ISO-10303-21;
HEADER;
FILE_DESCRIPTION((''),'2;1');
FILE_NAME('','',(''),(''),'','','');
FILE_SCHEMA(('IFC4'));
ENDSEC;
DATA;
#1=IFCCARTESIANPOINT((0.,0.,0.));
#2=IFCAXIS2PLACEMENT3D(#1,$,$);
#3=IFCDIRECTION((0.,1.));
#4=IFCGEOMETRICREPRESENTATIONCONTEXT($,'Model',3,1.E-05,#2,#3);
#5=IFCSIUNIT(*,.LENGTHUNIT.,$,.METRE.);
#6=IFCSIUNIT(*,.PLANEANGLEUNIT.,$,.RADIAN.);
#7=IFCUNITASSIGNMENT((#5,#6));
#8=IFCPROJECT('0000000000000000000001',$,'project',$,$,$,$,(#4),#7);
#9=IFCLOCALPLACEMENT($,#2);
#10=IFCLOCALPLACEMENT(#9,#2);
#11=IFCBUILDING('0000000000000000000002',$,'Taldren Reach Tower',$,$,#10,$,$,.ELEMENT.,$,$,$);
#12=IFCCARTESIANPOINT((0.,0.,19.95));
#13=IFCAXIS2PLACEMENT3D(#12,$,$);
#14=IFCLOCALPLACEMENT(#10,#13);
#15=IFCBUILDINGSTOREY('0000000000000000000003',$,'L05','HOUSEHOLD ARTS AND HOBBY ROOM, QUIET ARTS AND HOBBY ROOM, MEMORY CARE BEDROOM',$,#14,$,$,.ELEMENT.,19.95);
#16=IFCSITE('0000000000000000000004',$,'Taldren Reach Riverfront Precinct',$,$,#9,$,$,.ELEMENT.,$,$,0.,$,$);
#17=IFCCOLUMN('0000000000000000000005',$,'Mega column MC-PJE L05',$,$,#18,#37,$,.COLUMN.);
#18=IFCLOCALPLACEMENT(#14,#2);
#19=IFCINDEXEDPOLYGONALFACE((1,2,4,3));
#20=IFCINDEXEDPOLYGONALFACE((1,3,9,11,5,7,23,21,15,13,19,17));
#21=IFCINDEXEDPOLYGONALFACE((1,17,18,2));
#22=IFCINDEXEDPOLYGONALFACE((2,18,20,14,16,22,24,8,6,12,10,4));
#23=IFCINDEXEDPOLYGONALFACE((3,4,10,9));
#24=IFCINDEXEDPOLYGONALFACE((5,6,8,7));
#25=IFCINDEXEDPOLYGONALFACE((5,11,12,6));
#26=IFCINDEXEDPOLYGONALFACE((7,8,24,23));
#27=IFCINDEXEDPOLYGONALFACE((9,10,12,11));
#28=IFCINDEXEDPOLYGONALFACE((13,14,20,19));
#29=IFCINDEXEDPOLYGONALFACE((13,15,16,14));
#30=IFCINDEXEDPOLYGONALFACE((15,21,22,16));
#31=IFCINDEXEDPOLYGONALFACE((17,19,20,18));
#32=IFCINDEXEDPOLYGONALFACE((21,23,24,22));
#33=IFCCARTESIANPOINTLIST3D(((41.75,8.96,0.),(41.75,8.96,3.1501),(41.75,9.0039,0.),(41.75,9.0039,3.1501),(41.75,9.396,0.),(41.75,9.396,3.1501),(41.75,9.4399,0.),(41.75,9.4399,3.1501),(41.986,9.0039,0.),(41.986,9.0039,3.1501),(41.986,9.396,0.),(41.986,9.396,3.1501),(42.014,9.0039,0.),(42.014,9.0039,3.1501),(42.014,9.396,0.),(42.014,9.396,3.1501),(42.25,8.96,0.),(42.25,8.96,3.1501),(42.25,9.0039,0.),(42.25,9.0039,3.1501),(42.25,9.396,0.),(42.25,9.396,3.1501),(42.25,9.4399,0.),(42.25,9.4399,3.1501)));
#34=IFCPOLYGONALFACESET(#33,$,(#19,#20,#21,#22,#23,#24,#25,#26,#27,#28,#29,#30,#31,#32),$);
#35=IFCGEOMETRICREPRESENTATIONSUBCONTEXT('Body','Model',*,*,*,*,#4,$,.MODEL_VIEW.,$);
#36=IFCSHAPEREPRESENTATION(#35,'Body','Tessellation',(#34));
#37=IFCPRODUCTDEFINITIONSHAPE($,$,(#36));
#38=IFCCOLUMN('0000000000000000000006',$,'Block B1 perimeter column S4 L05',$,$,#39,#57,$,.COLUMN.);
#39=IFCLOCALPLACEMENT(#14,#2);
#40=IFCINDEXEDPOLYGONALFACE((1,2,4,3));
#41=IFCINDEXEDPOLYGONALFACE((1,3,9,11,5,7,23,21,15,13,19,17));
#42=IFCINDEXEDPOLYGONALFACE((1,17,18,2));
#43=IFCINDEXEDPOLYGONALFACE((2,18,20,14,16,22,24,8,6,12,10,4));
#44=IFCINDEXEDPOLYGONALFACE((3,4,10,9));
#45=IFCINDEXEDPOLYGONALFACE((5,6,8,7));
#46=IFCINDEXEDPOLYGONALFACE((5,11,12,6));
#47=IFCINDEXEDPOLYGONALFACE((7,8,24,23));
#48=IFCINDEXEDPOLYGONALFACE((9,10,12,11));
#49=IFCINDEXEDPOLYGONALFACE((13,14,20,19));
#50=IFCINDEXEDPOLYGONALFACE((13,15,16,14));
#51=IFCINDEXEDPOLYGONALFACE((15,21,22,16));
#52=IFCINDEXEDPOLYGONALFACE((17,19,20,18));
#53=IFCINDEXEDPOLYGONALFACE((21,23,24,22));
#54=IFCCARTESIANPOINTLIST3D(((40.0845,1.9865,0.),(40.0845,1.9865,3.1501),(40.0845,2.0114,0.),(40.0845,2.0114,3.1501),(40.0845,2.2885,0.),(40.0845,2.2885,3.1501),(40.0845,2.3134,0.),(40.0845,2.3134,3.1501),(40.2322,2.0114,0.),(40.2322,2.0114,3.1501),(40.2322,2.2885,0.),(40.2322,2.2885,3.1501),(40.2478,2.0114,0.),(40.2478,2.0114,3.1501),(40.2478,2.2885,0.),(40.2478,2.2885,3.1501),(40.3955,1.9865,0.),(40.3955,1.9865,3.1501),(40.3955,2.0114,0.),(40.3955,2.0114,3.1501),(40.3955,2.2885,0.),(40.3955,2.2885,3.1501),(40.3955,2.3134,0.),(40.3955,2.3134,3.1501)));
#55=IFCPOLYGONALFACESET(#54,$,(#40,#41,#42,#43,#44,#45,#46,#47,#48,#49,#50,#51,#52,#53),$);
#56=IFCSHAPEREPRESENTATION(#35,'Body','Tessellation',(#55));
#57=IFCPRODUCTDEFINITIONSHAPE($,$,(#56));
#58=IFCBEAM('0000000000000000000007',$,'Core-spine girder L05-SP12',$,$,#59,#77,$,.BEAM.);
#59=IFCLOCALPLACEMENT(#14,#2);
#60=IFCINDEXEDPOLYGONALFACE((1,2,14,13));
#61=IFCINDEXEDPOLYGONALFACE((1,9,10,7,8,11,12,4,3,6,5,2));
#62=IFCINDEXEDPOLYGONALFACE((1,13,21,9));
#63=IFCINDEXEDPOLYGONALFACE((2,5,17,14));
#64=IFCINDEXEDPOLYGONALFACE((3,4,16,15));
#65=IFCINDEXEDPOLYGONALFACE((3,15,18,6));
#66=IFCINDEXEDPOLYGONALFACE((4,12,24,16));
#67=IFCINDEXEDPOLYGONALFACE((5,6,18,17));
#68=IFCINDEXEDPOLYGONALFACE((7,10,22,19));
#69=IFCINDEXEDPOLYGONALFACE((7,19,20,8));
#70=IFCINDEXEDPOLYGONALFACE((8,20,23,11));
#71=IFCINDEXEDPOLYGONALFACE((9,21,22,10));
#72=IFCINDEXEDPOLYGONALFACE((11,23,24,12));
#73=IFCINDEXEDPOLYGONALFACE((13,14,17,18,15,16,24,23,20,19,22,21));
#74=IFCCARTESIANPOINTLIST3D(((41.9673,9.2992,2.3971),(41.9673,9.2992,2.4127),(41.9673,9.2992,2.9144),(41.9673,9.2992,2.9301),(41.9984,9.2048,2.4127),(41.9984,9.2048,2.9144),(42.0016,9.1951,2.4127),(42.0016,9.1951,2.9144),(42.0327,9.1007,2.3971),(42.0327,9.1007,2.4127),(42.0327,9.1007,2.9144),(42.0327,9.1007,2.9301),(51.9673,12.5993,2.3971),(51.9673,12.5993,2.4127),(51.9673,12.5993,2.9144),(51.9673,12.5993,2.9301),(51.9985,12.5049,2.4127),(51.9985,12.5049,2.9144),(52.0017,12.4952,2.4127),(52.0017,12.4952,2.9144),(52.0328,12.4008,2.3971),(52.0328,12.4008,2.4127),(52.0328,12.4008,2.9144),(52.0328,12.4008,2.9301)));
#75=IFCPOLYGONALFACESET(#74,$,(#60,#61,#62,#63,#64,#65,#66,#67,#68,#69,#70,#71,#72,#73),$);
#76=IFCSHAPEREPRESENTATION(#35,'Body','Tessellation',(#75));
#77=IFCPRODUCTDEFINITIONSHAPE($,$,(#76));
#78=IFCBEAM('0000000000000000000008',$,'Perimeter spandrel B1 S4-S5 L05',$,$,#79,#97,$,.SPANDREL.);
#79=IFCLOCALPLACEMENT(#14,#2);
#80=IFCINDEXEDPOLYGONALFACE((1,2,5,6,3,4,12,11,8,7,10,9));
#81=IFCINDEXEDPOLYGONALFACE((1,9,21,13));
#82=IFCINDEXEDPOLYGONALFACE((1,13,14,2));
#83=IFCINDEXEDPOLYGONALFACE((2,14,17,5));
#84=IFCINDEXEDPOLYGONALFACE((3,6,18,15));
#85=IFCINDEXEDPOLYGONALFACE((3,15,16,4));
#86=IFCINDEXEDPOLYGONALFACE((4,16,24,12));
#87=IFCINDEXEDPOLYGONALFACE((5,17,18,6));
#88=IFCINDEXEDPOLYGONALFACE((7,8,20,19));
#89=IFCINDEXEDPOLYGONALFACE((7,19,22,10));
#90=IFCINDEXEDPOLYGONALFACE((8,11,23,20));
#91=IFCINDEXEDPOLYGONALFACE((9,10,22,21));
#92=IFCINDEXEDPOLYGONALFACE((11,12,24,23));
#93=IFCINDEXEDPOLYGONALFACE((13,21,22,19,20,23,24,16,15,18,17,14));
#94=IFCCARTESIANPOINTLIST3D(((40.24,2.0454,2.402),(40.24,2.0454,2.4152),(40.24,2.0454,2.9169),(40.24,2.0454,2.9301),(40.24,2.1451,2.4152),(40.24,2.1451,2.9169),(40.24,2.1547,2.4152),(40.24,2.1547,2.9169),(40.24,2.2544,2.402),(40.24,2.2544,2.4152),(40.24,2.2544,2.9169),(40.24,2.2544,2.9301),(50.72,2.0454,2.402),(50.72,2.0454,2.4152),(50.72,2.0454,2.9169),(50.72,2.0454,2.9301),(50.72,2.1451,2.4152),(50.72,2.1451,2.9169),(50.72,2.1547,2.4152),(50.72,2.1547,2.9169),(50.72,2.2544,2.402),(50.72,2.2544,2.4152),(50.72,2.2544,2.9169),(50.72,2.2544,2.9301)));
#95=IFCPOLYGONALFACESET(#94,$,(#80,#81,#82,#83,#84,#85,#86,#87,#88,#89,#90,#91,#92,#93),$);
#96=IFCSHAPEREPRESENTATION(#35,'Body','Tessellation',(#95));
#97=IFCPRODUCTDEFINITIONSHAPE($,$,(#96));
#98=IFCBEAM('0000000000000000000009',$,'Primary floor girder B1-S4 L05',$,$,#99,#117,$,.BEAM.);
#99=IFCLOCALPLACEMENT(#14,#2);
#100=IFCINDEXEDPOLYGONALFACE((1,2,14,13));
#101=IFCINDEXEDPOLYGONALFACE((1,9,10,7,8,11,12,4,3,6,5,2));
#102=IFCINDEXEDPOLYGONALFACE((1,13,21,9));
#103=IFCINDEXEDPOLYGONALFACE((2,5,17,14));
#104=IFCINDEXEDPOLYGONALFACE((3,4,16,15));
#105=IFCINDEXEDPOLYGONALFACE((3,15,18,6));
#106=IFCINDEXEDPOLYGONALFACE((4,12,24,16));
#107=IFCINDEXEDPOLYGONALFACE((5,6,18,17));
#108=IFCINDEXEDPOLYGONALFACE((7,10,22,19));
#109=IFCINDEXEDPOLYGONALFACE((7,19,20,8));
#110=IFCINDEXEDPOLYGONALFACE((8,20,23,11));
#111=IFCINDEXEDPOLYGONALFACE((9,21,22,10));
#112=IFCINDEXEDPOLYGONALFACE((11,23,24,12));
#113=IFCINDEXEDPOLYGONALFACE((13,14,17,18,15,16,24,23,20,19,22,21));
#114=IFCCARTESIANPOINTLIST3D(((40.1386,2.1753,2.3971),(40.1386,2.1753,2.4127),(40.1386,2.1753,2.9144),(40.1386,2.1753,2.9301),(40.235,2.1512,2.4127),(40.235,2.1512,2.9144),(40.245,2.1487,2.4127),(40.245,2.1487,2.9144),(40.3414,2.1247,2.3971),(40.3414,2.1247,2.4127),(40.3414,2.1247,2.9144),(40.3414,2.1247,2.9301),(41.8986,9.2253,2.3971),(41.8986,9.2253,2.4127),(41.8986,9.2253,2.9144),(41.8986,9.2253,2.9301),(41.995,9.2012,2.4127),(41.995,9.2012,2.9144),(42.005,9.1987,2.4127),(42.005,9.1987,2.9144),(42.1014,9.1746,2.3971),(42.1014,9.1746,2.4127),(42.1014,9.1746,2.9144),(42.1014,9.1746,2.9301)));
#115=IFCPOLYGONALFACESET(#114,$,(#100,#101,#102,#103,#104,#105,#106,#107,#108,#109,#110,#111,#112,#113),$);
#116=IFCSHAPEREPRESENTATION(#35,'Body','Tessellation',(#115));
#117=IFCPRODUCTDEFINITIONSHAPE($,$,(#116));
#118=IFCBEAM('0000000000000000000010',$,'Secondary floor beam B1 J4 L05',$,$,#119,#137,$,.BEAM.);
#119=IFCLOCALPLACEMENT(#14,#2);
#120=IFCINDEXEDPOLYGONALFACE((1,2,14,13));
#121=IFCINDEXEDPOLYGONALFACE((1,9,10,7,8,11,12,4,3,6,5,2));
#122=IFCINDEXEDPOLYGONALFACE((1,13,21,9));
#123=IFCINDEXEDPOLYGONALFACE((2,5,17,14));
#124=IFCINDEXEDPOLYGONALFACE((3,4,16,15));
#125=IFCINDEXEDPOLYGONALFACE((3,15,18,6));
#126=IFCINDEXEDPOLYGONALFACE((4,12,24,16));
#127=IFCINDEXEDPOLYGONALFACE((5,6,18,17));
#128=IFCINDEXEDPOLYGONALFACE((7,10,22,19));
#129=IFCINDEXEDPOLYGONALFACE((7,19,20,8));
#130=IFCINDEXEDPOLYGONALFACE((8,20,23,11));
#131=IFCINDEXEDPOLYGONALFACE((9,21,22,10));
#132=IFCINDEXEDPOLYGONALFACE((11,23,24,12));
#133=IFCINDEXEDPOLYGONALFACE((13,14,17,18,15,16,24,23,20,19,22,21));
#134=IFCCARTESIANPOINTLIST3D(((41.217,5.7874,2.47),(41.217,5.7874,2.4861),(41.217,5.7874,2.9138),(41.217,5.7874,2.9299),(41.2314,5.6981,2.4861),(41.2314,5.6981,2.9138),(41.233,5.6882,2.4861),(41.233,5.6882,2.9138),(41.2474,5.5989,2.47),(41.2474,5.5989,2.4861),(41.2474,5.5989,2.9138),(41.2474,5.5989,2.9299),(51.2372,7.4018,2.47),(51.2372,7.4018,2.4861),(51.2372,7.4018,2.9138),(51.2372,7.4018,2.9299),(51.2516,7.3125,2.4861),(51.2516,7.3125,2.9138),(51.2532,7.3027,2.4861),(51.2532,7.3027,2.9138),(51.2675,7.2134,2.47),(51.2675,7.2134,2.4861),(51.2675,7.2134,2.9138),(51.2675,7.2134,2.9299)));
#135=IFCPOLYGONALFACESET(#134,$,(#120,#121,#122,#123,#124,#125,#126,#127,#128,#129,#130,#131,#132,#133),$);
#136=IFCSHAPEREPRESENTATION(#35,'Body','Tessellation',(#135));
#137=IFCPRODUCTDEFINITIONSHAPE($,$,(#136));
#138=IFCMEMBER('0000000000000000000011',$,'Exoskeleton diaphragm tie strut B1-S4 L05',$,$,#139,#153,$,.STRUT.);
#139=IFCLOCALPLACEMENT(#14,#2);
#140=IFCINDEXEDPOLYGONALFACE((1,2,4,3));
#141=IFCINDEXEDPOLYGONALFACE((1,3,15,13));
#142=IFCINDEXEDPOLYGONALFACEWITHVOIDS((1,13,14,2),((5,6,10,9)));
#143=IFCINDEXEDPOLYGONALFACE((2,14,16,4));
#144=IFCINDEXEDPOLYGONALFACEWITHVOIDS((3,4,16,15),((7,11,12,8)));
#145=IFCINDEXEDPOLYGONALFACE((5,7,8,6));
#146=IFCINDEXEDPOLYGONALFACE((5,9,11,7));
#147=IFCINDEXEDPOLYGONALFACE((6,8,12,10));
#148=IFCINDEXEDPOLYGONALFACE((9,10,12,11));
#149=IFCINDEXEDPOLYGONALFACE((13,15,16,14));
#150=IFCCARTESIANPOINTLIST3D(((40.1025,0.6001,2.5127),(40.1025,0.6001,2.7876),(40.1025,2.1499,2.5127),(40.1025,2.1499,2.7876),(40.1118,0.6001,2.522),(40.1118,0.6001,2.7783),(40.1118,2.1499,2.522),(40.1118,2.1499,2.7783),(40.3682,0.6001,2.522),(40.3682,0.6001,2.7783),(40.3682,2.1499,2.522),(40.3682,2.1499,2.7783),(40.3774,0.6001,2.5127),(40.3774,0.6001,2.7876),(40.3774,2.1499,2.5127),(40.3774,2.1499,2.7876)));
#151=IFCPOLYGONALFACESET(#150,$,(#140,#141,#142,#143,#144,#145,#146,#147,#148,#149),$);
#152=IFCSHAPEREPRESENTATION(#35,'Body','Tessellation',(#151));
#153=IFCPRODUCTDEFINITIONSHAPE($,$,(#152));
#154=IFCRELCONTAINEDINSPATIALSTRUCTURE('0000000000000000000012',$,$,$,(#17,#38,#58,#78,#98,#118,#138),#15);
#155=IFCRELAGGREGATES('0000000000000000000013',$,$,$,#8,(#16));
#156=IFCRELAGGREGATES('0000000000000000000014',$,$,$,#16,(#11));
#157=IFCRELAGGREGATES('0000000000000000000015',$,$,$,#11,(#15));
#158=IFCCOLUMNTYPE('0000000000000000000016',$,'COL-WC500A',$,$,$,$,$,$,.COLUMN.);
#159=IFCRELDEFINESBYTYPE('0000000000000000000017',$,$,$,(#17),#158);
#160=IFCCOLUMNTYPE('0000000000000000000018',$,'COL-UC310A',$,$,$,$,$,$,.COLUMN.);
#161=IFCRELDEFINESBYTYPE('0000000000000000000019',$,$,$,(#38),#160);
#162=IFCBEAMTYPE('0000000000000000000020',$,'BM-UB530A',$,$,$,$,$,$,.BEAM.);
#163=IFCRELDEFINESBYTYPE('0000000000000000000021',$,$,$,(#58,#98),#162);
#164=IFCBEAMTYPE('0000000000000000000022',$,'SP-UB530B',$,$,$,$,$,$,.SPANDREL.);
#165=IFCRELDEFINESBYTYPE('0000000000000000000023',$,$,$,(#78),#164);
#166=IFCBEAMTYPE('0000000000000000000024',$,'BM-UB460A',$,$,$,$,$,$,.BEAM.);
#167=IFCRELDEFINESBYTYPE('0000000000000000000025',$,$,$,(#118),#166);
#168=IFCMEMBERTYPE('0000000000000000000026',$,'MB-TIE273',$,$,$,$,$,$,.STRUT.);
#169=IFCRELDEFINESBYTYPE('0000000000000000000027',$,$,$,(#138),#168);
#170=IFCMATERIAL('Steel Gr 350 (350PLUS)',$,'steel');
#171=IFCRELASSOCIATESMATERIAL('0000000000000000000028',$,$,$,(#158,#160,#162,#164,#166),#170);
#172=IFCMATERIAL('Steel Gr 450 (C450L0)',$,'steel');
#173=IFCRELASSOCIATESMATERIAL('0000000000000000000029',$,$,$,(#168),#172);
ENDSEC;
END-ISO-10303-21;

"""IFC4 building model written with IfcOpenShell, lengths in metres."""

from ifc_helpers import new_model, si_unit, direction, frame, origin, origin_2d, place, context, subcontext, project, spatial, hollow_rectangle, i_section, extrude, source, transform, mapped, material, material_profile, profile_set, type_object, element, save


model = new_model("IFC4")

# Units and contexts
model_context = context("Model", 3, precision=1e-05, world=origin(), true_north=direction((0.0, 1.0)))
body_context = subcontext(model_context, "Body", "Model", "MODEL_VIEW")
ifc_project = project(units=[si_unit("LENGTHUNIT", "METRE"), si_unit("PLANEANGLEUNIT", "RADIAN")], contexts=[model_context])

# Site, building, storey
site_placement = place(None, origin())
site = spatial("IfcSite", under=ifc_project, at=site_placement, Name="Taldren Reach Riverfront Precinct", CompositionType="ELEMENT", RefElevation=0.0)
building_placement = place(site_placement, origin())
building = spatial("IfcBuilding", under=site, at=building_placement, Name="Taldren Reach Tower", CompositionType="ELEMENT")
storey_placement = place(building_placement, frame((0.0, 0.0, 19.95)))
storey = spatial("IfcBuildingStorey", under=building, at=storey_placement, Name="L05", Description="HOUSEHOLD ARTS AND HOBBY ROOM, QUIET ARTS AND HOBBY ROOM, MEMORY CARE BEDROOM", CompositionType="ELEMENT", Elevation=19.95)

# Columns
ifc_material_1 = material(Name="Steel Gr 350 (350PLUS)", Category="steel")
ifc_material_profile_1 = material_profile(ifc_material_1, i_section(OverallWidth=0.5, OverallDepth=0.48, WebThickness=0.0281, FlangeThickness=0.0439, at=origin_2d()), Name="500WC440")
ifc_profile_set_1 = profile_set([ifc_material_profile_1], Name="Steel Gr 350 (350PLUS)")
column_type_1 = type_object("IfcColumnType", Name="COL-WC500A", PredefinedType="COLUMN", material=ifc_profile_set_1)
shared_shape_1 = source(origin(), body_context, "Body", "SweptSolid", [
    extrude(i_section(OverallWidth=0.5, OverallDepth=0.48, WebThickness=0.0281, FlangeThickness=0.0439, at=origin_2d()), origin(), (0.0, 0.0, 1.0), 3.1501),
])
column_1_placement = place(storey_placement, frame((42.0, 9.2, 0.0), z_axis=(0.0, 0.0, 1.0), x_axis=(1.0, 0.0, 0.0)))
element("IfcColumn", 1, at=column_1_placement, inside=storey, type_object=column_type_1, Name="Mega column MC-PJE L05", PredefinedType="COLUMN", context=body_context, shape_type="MappedRepresentation", body=[
    mapped(shared_shape_1, transform((0.0, 0.0, 0.0), scale=1.0)),
])
ifc_material_profile_2 = material_profile(ifc_material_1, i_section(OverallWidth=0.311, OverallDepth=0.3269, WebThickness=0.0156, FlangeThickness=0.0249, at=origin_2d()), Name="310UC158")
ifc_profile_set_2 = profile_set([ifc_material_profile_2], Name="Steel Gr 350 (350PLUS)")
column_type_2 = type_object("IfcColumnType", Name="COL-UC310A", PredefinedType="COLUMN", material=ifc_profile_set_2)
shared_shape_2 = source(origin(), body_context, "Body", "SweptSolid", [
    extrude(i_section(OverallWidth=0.311, OverallDepth=0.3269, WebThickness=0.0156, FlangeThickness=0.0249, at=origin_2d()), origin(), (0.0, 0.0, 1.0), 3.1501),
])
column_2_placement = place(storey_placement, frame((40.24, 2.1499, 0.0), z_axis=(0.0, 0.0, 1.0), x_axis=(1.0, 0.0, 0.0)))
element("IfcColumn", 2, at=column_2_placement, inside=storey, type_object=column_type_2, Name="Block B1 perimeter column S4 L05", PredefinedType="COLUMN", context=body_context, shape_type="MappedRepresentation", body=[
    mapped(shared_shape_2, transform((0.0, 0.0, 0.0), scale=1.0)),
])

# Beams
ifc_material_profile_3 = material_profile(ifc_material_1, i_section(OverallWidth=0.209, OverallDepth=0.533, WebThickness=0.0103, FlangeThickness=0.0156, at=origin_2d()), Name="530UB92.4")
ifc_profile_set_3 = profile_set([ifc_material_profile_3], Name="Steel Gr 350 (350PLUS)")
beam_type_1 = type_object("IfcBeamType", Name="BM-UB530A", PredefinedType="BEAM", material=ifc_profile_set_3)
shared_shape_3 = source(origin(), body_context, "Body", "SweptSolid", [
    extrude(i_section(OverallWidth=0.209, OverallDepth=0.533, WebThickness=0.0103, FlangeThickness=0.0156, at=origin_2d()), origin(), (0.0, 0.0, 1.0), 10.5305),
])
beam_1_placement = place(storey_placement, frame((42.0, 9.2, 2.6636), z_axis=(0.949627, 0.313382, 0.0), x_axis=(-0.313382, 0.949627, 0.0)))
element("IfcBeam", 3, at=beam_1_placement, inside=storey, type_object=beam_type_1, Name="Core-spine girder L05-SP12", PredefinedType="BEAM", context=body_context, shape_type="MappedRepresentation", body=[
    mapped(shared_shape_3, transform((0.0, 0.0, 0.0), scale=1.0)),
])
ifc_material_profile_4 = material_profile(ifc_material_1, i_section(OverallWidth=0.209, OverallDepth=0.5281, WebThickness=0.0095, FlangeThickness=0.0132, at=origin_2d()), Name="530UB82.0")
ifc_profile_set_4 = profile_set([ifc_material_profile_4], Name="Steel Gr 350 (350PLUS)")
beam_type_2 = type_object("IfcBeamType", Name="SP-UB530B", PredefinedType="SPANDREL", material=ifc_profile_set_4)
shared_shape_4 = source(origin(), body_context, "Body", "SweptSolid", [
    extrude(i_section(OverallWidth=0.209, OverallDepth=0.5281, WebThickness=0.0095, FlangeThickness=0.0132, at=origin_2d()), origin(), (0.0, 0.0, 1.0), 10.48),
])
beam_2_placement = place(storey_placement, frame((40.24, 2.1499, 2.666), z_axis=(1.0, 0.0, 0.0), x_axis=(0.0, 1.0, 0.0)))
element("IfcBeam", 4, at=beam_2_placement, inside=storey, type_object=beam_type_2, Name="Perimeter spandrel B1 S4-S5 L05", PredefinedType="SPANDREL", context=body_context, shape_type="MappedRepresentation", body=[
    mapped(shared_shape_4, transform((0.0, 0.0, 0.0), scale=1.0)),
])
shared_shape_5 = source(origin(), body_context, "Body", "SweptSolid", [
    extrude(i_section(OverallWidth=0.209, OverallDepth=0.533, WebThickness=0.0103, FlangeThickness=0.0156, at=origin_2d()), origin(), (0.0, 0.0, 1.0), 7.2664),
])
beam_3_placement = place(storey_placement, frame((42.0, 9.2, 2.6636), z_axis=(-0.242211, -0.970223, 0.0), x_axis=(0.970223, -0.242211, 0.0)))
element("IfcBeam", 5, at=beam_3_placement, inside=storey, type_object=beam_type_1, Name="Primary floor girder B1-S4 L05", PredefinedType="BEAM", context=body_context, shape_type="MappedRepresentation", body=[
    mapped(shared_shape_5, transform((0.0, 0.0, 0.0), scale=1.0)),
])
ifc_material_profile_5 = material_profile(ifc_material_1, i_section(OverallWidth=0.1909, OverallDepth=0.46, WebThickness=0.01, FlangeThickness=0.0161, at=origin_2d()), Name="460UB82.1")
ifc_profile_set_5 = profile_set([ifc_material_profile_5], Name="Steel Gr 350 (350PLUS)")
beam_type_3 = type_object("IfcBeamType", Name="BM-UB460A", PredefinedType="BEAM", material=ifc_profile_set_5)
shared_shape_6 = source(origin(), body_context, "Body", "SweptSolid", [
    extrude(i_section(OverallWidth=0.1909, OverallDepth=0.46, WebThickness=0.01, FlangeThickness=0.0161, at=origin_2d()), origin(), (0.0, 0.0, 1.0), 10.1494),
])
beam_4_placement = place(storey_placement, frame((41.2322, 5.6931, 2.7), z_axis=(0.987267, 0.159072, 0.0), x_axis=(-0.159072, 0.987267, 0.0)))
element("IfcBeam", 6, at=beam_4_placement, inside=storey, type_object=beam_type_3, Name="Secondary floor beam B1 J4 L05", PredefinedType="BEAM", context=body_context, shape_type="MappedRepresentation", body=[
    mapped(shared_shape_6, transform((0.0, 0.0, 0.0), scale=1.0)),
])

# Member
ifc_material_2 = material(Name="Steel Gr 450 (C450L0)", Category="steel")
ifc_material_profile_6 = material_profile(ifc_material_2, hollow_rectangle(XDim=0.2749, YDim=0.2749, WallThickness=0.0093, at=origin_2d()), Name="275x275x9.3SHS")
ifc_profile_set_6 = profile_set([ifc_material_profile_6], Name="Steel Gr 450 (C450L0)")
member_type_1 = type_object("IfcMemberType", Name="MB-TIE273", PredefinedType="STRUT", material=ifc_profile_set_6)
shared_shape_7 = source(origin(), body_context, "Body", "SweptSolid", [
    extrude(hollow_rectangle(XDim=0.2749, YDim=0.2749, WallThickness=0.0093, at=origin_2d()), origin(), (0.0, 0.0, 1.0), 1.5498),
])
member_placement = place(storey_placement, frame((40.24, 2.1499, 2.6501), z_axis=(0.0, -1.0, 0.0), x_axis=(1.0, 0.0, 0.0)))
element("IfcMember", 7, at=member_placement, inside=storey, type_object=member_type_1, Name="Exoskeleton diaphragm tie strut B1-S4 L05", PredefinedType="STRUT", context=body_context, shape_type="MappedRepresentation", body=[
    mapped(shared_shape_7, transform((0.0, 0.0, 0.0), scale=1.0)),
])

save(model, "model.ifc")
